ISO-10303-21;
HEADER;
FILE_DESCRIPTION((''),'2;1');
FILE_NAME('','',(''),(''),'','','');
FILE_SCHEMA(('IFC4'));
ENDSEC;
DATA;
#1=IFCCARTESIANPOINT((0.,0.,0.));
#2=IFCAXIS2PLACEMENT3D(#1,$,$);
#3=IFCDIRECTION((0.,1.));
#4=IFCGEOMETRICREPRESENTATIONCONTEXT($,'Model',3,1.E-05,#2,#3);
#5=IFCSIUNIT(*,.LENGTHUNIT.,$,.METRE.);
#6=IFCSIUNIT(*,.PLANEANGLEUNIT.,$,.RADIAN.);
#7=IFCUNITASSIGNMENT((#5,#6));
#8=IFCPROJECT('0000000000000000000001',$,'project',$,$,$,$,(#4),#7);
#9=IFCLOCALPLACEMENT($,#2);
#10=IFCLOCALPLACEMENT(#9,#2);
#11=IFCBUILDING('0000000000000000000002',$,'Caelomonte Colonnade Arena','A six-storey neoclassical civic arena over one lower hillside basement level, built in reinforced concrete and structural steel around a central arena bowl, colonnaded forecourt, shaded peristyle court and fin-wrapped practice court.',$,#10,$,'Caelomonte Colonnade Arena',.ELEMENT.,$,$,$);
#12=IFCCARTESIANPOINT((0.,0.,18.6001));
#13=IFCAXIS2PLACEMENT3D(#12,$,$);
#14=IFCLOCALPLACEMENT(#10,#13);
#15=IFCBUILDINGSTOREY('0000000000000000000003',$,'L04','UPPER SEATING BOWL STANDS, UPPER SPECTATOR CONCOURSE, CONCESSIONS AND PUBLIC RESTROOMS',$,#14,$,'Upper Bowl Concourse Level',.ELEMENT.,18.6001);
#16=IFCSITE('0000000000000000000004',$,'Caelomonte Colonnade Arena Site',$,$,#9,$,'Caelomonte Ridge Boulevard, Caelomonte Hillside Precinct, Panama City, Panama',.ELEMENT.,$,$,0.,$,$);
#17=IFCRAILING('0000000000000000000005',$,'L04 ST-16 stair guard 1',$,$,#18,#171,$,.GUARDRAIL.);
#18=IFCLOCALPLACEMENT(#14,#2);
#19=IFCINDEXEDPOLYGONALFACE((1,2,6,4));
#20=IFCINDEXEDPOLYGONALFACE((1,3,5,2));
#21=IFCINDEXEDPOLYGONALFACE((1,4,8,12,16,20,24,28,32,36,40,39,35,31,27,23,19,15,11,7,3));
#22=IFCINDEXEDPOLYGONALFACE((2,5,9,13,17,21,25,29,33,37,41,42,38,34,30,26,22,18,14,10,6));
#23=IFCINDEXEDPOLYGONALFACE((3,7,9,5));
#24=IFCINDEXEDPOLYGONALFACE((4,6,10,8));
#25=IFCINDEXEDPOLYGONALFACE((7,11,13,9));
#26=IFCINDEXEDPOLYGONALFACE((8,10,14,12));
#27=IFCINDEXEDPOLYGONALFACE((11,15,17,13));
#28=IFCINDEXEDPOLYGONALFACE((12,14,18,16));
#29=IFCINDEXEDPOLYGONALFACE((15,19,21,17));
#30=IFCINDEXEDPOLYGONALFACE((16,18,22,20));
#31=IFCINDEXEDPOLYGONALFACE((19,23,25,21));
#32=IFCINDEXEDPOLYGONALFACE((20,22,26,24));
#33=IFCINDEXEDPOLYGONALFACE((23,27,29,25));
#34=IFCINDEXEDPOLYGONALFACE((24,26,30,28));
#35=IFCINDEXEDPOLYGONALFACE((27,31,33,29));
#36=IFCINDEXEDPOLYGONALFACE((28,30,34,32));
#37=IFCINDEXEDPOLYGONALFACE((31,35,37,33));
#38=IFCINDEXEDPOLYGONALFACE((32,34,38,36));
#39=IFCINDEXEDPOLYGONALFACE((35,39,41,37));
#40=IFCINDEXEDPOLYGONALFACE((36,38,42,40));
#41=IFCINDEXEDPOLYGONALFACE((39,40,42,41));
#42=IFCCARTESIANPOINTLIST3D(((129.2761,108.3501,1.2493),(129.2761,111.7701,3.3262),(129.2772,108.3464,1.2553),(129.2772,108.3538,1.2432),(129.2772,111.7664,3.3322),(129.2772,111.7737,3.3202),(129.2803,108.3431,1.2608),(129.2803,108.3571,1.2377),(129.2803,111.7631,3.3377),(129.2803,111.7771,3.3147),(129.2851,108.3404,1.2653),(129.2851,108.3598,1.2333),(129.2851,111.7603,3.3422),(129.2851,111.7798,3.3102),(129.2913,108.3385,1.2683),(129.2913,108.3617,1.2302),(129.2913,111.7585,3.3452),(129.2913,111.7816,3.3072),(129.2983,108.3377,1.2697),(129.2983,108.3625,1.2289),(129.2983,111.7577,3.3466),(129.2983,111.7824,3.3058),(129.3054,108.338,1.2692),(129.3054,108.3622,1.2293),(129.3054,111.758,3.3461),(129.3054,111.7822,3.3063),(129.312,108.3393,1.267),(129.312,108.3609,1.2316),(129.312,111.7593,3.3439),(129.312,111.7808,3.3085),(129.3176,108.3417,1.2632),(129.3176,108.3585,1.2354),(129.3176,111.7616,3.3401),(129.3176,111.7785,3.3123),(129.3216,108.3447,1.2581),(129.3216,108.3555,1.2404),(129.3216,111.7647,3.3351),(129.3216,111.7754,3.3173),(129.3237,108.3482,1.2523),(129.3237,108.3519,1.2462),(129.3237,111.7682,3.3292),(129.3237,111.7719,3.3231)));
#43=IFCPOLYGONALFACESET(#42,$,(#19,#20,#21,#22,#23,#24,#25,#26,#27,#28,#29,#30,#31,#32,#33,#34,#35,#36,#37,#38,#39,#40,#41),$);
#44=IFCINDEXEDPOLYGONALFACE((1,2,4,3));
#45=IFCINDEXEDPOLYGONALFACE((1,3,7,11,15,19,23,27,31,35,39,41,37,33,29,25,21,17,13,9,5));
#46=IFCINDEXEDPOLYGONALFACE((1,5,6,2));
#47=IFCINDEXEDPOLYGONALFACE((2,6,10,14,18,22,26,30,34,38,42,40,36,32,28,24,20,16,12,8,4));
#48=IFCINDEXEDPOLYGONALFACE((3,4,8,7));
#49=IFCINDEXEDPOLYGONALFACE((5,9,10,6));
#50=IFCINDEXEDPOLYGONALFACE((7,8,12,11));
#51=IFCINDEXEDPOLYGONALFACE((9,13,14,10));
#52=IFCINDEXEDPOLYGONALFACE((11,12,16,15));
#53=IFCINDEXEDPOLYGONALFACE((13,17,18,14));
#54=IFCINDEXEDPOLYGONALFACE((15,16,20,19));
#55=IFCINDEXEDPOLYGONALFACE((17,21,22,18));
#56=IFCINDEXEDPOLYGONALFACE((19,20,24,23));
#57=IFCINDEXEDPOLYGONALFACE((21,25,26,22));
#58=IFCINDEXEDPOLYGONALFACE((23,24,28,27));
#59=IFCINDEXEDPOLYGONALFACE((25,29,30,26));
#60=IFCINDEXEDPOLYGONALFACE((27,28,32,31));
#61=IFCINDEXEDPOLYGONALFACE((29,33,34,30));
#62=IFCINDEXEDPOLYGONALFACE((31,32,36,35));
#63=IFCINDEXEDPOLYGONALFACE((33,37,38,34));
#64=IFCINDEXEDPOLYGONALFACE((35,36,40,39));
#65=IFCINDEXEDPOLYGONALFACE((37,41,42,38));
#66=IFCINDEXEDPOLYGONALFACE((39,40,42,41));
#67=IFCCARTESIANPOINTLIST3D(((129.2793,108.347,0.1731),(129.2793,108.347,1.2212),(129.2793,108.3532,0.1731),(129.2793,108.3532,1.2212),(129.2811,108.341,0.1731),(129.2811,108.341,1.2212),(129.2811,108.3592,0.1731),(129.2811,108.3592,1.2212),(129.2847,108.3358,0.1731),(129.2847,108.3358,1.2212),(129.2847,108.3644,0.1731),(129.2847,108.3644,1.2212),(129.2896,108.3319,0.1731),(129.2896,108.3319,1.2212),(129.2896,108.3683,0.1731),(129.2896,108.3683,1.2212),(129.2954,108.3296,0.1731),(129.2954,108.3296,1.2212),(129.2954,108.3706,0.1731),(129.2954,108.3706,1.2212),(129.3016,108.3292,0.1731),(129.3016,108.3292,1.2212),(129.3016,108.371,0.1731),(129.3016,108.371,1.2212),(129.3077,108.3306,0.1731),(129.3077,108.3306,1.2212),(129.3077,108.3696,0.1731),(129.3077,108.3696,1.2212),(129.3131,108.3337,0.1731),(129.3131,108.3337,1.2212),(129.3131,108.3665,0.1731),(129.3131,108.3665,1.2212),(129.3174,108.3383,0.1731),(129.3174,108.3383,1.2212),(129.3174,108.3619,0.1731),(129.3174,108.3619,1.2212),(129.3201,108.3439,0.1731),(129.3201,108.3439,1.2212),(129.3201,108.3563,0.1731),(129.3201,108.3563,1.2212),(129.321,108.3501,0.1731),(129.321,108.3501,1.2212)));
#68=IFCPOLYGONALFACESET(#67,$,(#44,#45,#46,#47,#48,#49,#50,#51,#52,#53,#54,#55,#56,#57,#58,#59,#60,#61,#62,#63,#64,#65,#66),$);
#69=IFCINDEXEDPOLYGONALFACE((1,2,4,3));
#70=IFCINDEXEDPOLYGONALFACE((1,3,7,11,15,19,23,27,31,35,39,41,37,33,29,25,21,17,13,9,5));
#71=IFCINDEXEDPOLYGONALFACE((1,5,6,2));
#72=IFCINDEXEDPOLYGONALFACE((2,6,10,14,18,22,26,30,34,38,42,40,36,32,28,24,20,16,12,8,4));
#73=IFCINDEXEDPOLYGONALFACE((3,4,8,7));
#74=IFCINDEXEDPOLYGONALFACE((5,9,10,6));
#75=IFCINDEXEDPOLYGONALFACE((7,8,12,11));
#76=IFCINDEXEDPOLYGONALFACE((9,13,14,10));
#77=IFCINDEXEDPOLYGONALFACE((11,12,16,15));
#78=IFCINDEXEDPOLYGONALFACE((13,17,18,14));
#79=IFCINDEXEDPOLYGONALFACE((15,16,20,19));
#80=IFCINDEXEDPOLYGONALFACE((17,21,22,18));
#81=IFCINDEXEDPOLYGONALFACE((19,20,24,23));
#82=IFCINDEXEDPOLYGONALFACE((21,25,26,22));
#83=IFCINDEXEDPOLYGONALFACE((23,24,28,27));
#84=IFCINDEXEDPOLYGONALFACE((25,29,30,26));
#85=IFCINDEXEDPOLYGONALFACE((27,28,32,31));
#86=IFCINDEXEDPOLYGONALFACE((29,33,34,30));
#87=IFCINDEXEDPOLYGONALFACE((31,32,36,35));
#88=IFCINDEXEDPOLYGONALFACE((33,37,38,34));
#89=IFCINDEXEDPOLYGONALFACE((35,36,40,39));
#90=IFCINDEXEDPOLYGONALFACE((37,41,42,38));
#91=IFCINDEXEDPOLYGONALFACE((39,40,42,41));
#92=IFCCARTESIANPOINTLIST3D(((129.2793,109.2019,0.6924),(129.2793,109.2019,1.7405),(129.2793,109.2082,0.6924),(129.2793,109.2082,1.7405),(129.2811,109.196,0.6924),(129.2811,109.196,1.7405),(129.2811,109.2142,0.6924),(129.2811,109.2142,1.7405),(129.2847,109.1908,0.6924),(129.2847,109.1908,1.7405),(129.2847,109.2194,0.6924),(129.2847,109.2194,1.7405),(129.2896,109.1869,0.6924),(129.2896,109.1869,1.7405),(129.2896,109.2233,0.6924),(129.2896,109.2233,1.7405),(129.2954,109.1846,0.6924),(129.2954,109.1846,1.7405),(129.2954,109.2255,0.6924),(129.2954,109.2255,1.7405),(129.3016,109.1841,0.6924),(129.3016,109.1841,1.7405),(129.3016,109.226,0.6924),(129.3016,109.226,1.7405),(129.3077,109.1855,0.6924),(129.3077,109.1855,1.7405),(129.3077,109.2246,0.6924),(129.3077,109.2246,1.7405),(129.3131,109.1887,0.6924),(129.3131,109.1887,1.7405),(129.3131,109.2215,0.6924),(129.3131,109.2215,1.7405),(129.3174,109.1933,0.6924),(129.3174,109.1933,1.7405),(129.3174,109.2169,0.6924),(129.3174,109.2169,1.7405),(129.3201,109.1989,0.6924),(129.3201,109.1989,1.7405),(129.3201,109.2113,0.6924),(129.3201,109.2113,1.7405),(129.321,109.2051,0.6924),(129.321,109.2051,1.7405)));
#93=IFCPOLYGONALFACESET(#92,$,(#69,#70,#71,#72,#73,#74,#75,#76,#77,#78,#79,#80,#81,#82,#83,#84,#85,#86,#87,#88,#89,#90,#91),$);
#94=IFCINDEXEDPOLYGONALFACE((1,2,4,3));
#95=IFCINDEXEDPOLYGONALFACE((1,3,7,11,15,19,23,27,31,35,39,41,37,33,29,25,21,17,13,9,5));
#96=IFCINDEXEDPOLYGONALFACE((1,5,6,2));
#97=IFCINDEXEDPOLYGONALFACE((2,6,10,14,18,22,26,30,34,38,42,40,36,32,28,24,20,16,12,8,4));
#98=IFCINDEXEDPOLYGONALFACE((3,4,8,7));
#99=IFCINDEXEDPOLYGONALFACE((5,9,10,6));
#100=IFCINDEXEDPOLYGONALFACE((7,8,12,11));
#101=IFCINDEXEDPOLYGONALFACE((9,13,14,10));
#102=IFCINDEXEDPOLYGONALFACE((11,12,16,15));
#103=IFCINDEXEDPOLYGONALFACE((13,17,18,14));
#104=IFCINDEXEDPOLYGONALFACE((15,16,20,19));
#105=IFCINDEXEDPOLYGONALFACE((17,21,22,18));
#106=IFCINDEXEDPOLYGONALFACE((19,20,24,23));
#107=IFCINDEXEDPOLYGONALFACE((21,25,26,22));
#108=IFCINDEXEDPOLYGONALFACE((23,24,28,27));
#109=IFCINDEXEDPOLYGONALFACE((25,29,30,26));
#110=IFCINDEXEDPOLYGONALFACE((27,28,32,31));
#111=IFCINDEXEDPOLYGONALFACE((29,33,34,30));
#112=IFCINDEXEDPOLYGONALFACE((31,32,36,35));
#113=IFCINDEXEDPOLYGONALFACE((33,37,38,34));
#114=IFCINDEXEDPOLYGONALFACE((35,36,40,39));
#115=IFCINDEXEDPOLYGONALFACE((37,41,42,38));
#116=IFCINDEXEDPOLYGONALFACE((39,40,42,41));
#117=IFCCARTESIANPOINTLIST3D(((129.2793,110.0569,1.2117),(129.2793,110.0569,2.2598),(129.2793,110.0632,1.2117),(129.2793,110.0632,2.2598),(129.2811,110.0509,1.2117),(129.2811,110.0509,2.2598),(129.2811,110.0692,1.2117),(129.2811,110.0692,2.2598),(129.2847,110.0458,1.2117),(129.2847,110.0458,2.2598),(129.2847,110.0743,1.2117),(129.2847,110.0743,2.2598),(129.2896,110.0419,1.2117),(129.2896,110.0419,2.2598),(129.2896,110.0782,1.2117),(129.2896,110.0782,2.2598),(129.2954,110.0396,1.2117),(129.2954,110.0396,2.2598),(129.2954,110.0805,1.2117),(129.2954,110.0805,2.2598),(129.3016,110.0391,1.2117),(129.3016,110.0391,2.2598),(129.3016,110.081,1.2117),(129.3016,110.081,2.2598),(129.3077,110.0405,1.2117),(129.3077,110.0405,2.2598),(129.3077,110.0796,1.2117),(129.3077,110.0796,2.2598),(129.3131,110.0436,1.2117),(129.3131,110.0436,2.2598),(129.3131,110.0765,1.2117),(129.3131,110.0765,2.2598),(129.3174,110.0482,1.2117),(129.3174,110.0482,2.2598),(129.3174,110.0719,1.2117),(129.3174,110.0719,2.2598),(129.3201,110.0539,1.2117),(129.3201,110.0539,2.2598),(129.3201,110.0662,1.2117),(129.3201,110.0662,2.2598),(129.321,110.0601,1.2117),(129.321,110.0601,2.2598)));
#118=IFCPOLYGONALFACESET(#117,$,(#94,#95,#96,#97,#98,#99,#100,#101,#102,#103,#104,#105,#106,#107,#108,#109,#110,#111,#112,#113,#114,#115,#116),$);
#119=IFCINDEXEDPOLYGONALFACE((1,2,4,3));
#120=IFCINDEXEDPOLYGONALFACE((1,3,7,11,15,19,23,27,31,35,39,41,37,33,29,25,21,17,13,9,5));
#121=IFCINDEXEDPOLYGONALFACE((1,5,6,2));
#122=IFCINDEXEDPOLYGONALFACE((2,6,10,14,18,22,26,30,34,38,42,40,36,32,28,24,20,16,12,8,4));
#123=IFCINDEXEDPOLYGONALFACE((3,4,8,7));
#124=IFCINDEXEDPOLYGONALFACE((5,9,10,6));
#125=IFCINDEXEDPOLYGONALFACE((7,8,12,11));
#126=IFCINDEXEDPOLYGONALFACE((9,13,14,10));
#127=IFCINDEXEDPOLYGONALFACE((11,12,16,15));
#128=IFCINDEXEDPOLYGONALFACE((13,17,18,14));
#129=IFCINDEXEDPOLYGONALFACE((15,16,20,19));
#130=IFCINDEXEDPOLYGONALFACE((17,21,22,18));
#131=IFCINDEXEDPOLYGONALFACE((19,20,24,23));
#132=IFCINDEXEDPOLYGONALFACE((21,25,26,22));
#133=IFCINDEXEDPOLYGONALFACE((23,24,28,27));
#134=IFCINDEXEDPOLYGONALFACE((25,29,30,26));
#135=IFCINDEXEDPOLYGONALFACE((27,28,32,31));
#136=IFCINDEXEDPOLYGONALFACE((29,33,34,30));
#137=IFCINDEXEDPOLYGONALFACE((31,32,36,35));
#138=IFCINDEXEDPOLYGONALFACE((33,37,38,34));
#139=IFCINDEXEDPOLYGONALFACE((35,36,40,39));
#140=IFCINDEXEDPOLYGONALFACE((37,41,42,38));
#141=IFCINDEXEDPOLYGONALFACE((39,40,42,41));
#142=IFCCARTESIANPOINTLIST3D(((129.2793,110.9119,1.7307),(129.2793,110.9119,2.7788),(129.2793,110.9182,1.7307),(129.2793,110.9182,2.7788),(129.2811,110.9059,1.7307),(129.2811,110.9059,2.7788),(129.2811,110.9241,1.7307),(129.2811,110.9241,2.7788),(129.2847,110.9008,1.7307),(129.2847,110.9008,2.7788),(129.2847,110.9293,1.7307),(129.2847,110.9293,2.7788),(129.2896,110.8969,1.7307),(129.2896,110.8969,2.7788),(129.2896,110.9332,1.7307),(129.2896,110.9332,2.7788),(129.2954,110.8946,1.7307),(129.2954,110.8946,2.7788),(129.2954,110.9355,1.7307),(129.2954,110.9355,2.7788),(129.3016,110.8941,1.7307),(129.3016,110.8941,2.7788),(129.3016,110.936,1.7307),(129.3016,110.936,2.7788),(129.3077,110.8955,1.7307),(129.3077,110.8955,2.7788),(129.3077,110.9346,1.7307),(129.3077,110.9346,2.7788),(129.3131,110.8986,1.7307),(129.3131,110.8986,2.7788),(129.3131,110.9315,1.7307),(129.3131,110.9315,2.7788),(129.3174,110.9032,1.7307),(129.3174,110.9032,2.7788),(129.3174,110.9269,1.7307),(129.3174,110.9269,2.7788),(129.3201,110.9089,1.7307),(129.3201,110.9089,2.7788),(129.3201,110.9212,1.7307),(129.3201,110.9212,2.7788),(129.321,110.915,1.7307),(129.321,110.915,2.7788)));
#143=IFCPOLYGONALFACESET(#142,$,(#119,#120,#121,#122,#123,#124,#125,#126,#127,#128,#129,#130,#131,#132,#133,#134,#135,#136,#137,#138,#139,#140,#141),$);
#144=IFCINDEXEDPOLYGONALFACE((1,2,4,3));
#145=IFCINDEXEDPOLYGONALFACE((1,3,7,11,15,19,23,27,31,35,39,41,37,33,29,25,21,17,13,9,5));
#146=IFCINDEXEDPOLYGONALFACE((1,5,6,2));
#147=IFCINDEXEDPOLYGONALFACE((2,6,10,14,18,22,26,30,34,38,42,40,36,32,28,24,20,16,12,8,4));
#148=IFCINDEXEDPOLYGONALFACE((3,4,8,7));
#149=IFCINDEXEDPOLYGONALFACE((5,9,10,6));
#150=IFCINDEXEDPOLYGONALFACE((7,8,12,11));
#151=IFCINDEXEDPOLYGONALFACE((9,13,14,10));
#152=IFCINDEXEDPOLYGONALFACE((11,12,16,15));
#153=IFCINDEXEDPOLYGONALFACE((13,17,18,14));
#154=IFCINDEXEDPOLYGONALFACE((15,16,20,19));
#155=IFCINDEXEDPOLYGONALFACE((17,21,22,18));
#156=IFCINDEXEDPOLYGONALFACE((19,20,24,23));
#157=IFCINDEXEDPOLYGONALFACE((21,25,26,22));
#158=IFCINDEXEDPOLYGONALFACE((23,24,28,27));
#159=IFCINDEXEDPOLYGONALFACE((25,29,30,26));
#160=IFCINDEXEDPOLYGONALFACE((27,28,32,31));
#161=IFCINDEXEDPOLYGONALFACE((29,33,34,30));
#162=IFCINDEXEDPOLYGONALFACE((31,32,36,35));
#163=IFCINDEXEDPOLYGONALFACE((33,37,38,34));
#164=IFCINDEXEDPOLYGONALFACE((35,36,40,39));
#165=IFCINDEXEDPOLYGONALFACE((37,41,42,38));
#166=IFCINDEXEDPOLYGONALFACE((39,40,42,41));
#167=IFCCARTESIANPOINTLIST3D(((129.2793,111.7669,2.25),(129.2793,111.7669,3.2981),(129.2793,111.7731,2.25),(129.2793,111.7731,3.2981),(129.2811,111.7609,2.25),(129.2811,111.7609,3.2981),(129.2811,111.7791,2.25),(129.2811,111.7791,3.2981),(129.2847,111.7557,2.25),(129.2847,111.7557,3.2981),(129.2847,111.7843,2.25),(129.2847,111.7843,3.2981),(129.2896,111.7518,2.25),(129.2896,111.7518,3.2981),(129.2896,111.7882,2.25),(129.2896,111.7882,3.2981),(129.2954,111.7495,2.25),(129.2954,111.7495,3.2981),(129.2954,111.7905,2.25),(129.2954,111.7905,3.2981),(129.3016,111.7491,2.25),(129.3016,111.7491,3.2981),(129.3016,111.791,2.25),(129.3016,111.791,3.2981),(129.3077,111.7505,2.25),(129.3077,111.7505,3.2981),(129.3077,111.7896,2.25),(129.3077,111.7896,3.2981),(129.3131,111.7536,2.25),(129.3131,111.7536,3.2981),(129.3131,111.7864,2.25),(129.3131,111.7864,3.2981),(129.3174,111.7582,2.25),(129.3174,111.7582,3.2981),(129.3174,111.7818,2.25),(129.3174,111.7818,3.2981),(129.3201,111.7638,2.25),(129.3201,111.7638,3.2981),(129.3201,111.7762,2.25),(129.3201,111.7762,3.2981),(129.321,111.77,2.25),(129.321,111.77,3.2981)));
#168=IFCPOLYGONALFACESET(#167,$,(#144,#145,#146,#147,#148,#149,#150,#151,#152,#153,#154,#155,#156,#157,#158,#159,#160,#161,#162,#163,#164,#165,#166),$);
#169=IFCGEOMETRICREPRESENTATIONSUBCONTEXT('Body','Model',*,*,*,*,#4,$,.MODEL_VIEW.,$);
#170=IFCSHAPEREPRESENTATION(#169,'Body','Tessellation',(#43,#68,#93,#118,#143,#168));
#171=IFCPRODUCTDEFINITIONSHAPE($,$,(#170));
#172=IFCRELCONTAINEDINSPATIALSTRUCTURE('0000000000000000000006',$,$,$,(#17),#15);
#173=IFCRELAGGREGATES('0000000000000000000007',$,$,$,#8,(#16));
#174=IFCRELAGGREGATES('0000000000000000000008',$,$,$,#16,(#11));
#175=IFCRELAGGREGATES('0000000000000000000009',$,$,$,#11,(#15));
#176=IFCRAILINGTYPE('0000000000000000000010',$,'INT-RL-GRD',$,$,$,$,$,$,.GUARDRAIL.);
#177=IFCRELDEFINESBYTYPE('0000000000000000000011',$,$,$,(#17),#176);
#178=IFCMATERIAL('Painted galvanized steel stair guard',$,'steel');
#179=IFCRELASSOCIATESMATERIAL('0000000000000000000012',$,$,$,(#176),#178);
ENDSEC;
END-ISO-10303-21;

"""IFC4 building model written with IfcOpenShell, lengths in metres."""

from ifc_helpers import new_model, si_unit, direction, frame, origin, origin_2d, place, context, subcontext, project, spatial, circle, extrude, material, type_object, element, save


model = new_model("IFC4")

# Units and contexts
model_context = context("Model", 3, precision=1e-05, world=origin(), true_north=direction((0.0, 1.0)))
body_context = subcontext(model_context, "Body", "Model", "MODEL_VIEW")
ifc_project = project(units=[si_unit("LENGTHUNIT", "METRE"), si_unit("PLANEANGLEUNIT", "RADIAN")], contexts=[model_context])

# Site, building, storey
site_placement = place(None, origin())
site = spatial("IfcSite", under=ifc_project, at=site_placement, Name="Caelomonte Colonnade Arena Site", LongName="Caelomonte Ridge Boulevard, Caelomonte Hillside Precinct, Panama City, Panama", CompositionType="ELEMENT", RefElevation=0.0)
building_placement = place(site_placement, origin())
building = spatial("IfcBuilding", under=site, at=building_placement, Name="Caelomonte Colonnade Arena", Description="A six-storey neoclassical civic arena over one lower hillside basement level, built in reinforced concrete and structural steel around a central arena bowl, colonnaded forecourt, shaded peristyle court and fin-wrapped practice court.", LongName="Caelomonte Colonnade Arena", CompositionType="ELEMENT")
storey_placement = place(building_placement, frame((0.0, 0.0, 18.6001)))
storey = spatial("IfcBuildingStorey", under=building, at=storey_placement, Name="L04", Description="UPPER SEATING BOWL STANDS, UPPER SPECTATOR CONCOURSE, CONCESSIONS AND PUBLIC RESTROOMS", LongName="Upper Bowl Concourse Level", CompositionType="ELEMENT", Elevation=18.6001)

# Railing
ifc_material_1 = material(Name="Painted galvanized steel stair guard", Category="steel")
railing_type_1 = type_object("IfcRailingType", Name="INT-RL-GRD", PredefinedType="GUARDRAIL", material=ifc_material_1)
railing_1_placement = place(storey_placement, frame((129.3, 108.3501, 0.1731)))
element("IfcRailing", 1, at=railing_1_placement, inside=storey, type_object=railing_type_1, Name="L04 ST-16 stair guard 1", PredefinedType="GUARDRAIL", context=body_context, shape_type="SweptSolid", body=[
    extrude(circle(Radius=0.0239, at=origin_2d()), frame((0.0, 0.0, 1.0762), z_axis=(0.0, 0.85473, 0.519074), x_axis=(-1.0, 0.0, 0.0)), (0.0, 0.0, 1.0), 4.0012),
    extrude(circle(Radius=0.021, at=origin_2d()), origin(), (0.0, 0.0, 1.0), 1.0481),
    extrude(circle(Radius=0.021, at=origin_2d()), frame((0.0, 0.855, 0.5193)), (0.0, 0.0, 1.0), 1.0481),
    extrude(circle(Radius=0.021, at=origin_2d()), frame((0.0, 1.71, 1.0386)), (0.0, 0.0, 1.0), 1.0481),
    extrude(circle(Radius=0.021, at=origin_2d()), frame((0.0, 2.5649, 1.5576)), (0.0, 0.0, 1.0), 1.0481),
    extrude(circle(Radius=0.021, at=origin_2d()), frame((0.0, 3.4199, 2.0769)), (0.0, 0.0, 1.0), 1.0481),
])

save(model, "model.ifc")
